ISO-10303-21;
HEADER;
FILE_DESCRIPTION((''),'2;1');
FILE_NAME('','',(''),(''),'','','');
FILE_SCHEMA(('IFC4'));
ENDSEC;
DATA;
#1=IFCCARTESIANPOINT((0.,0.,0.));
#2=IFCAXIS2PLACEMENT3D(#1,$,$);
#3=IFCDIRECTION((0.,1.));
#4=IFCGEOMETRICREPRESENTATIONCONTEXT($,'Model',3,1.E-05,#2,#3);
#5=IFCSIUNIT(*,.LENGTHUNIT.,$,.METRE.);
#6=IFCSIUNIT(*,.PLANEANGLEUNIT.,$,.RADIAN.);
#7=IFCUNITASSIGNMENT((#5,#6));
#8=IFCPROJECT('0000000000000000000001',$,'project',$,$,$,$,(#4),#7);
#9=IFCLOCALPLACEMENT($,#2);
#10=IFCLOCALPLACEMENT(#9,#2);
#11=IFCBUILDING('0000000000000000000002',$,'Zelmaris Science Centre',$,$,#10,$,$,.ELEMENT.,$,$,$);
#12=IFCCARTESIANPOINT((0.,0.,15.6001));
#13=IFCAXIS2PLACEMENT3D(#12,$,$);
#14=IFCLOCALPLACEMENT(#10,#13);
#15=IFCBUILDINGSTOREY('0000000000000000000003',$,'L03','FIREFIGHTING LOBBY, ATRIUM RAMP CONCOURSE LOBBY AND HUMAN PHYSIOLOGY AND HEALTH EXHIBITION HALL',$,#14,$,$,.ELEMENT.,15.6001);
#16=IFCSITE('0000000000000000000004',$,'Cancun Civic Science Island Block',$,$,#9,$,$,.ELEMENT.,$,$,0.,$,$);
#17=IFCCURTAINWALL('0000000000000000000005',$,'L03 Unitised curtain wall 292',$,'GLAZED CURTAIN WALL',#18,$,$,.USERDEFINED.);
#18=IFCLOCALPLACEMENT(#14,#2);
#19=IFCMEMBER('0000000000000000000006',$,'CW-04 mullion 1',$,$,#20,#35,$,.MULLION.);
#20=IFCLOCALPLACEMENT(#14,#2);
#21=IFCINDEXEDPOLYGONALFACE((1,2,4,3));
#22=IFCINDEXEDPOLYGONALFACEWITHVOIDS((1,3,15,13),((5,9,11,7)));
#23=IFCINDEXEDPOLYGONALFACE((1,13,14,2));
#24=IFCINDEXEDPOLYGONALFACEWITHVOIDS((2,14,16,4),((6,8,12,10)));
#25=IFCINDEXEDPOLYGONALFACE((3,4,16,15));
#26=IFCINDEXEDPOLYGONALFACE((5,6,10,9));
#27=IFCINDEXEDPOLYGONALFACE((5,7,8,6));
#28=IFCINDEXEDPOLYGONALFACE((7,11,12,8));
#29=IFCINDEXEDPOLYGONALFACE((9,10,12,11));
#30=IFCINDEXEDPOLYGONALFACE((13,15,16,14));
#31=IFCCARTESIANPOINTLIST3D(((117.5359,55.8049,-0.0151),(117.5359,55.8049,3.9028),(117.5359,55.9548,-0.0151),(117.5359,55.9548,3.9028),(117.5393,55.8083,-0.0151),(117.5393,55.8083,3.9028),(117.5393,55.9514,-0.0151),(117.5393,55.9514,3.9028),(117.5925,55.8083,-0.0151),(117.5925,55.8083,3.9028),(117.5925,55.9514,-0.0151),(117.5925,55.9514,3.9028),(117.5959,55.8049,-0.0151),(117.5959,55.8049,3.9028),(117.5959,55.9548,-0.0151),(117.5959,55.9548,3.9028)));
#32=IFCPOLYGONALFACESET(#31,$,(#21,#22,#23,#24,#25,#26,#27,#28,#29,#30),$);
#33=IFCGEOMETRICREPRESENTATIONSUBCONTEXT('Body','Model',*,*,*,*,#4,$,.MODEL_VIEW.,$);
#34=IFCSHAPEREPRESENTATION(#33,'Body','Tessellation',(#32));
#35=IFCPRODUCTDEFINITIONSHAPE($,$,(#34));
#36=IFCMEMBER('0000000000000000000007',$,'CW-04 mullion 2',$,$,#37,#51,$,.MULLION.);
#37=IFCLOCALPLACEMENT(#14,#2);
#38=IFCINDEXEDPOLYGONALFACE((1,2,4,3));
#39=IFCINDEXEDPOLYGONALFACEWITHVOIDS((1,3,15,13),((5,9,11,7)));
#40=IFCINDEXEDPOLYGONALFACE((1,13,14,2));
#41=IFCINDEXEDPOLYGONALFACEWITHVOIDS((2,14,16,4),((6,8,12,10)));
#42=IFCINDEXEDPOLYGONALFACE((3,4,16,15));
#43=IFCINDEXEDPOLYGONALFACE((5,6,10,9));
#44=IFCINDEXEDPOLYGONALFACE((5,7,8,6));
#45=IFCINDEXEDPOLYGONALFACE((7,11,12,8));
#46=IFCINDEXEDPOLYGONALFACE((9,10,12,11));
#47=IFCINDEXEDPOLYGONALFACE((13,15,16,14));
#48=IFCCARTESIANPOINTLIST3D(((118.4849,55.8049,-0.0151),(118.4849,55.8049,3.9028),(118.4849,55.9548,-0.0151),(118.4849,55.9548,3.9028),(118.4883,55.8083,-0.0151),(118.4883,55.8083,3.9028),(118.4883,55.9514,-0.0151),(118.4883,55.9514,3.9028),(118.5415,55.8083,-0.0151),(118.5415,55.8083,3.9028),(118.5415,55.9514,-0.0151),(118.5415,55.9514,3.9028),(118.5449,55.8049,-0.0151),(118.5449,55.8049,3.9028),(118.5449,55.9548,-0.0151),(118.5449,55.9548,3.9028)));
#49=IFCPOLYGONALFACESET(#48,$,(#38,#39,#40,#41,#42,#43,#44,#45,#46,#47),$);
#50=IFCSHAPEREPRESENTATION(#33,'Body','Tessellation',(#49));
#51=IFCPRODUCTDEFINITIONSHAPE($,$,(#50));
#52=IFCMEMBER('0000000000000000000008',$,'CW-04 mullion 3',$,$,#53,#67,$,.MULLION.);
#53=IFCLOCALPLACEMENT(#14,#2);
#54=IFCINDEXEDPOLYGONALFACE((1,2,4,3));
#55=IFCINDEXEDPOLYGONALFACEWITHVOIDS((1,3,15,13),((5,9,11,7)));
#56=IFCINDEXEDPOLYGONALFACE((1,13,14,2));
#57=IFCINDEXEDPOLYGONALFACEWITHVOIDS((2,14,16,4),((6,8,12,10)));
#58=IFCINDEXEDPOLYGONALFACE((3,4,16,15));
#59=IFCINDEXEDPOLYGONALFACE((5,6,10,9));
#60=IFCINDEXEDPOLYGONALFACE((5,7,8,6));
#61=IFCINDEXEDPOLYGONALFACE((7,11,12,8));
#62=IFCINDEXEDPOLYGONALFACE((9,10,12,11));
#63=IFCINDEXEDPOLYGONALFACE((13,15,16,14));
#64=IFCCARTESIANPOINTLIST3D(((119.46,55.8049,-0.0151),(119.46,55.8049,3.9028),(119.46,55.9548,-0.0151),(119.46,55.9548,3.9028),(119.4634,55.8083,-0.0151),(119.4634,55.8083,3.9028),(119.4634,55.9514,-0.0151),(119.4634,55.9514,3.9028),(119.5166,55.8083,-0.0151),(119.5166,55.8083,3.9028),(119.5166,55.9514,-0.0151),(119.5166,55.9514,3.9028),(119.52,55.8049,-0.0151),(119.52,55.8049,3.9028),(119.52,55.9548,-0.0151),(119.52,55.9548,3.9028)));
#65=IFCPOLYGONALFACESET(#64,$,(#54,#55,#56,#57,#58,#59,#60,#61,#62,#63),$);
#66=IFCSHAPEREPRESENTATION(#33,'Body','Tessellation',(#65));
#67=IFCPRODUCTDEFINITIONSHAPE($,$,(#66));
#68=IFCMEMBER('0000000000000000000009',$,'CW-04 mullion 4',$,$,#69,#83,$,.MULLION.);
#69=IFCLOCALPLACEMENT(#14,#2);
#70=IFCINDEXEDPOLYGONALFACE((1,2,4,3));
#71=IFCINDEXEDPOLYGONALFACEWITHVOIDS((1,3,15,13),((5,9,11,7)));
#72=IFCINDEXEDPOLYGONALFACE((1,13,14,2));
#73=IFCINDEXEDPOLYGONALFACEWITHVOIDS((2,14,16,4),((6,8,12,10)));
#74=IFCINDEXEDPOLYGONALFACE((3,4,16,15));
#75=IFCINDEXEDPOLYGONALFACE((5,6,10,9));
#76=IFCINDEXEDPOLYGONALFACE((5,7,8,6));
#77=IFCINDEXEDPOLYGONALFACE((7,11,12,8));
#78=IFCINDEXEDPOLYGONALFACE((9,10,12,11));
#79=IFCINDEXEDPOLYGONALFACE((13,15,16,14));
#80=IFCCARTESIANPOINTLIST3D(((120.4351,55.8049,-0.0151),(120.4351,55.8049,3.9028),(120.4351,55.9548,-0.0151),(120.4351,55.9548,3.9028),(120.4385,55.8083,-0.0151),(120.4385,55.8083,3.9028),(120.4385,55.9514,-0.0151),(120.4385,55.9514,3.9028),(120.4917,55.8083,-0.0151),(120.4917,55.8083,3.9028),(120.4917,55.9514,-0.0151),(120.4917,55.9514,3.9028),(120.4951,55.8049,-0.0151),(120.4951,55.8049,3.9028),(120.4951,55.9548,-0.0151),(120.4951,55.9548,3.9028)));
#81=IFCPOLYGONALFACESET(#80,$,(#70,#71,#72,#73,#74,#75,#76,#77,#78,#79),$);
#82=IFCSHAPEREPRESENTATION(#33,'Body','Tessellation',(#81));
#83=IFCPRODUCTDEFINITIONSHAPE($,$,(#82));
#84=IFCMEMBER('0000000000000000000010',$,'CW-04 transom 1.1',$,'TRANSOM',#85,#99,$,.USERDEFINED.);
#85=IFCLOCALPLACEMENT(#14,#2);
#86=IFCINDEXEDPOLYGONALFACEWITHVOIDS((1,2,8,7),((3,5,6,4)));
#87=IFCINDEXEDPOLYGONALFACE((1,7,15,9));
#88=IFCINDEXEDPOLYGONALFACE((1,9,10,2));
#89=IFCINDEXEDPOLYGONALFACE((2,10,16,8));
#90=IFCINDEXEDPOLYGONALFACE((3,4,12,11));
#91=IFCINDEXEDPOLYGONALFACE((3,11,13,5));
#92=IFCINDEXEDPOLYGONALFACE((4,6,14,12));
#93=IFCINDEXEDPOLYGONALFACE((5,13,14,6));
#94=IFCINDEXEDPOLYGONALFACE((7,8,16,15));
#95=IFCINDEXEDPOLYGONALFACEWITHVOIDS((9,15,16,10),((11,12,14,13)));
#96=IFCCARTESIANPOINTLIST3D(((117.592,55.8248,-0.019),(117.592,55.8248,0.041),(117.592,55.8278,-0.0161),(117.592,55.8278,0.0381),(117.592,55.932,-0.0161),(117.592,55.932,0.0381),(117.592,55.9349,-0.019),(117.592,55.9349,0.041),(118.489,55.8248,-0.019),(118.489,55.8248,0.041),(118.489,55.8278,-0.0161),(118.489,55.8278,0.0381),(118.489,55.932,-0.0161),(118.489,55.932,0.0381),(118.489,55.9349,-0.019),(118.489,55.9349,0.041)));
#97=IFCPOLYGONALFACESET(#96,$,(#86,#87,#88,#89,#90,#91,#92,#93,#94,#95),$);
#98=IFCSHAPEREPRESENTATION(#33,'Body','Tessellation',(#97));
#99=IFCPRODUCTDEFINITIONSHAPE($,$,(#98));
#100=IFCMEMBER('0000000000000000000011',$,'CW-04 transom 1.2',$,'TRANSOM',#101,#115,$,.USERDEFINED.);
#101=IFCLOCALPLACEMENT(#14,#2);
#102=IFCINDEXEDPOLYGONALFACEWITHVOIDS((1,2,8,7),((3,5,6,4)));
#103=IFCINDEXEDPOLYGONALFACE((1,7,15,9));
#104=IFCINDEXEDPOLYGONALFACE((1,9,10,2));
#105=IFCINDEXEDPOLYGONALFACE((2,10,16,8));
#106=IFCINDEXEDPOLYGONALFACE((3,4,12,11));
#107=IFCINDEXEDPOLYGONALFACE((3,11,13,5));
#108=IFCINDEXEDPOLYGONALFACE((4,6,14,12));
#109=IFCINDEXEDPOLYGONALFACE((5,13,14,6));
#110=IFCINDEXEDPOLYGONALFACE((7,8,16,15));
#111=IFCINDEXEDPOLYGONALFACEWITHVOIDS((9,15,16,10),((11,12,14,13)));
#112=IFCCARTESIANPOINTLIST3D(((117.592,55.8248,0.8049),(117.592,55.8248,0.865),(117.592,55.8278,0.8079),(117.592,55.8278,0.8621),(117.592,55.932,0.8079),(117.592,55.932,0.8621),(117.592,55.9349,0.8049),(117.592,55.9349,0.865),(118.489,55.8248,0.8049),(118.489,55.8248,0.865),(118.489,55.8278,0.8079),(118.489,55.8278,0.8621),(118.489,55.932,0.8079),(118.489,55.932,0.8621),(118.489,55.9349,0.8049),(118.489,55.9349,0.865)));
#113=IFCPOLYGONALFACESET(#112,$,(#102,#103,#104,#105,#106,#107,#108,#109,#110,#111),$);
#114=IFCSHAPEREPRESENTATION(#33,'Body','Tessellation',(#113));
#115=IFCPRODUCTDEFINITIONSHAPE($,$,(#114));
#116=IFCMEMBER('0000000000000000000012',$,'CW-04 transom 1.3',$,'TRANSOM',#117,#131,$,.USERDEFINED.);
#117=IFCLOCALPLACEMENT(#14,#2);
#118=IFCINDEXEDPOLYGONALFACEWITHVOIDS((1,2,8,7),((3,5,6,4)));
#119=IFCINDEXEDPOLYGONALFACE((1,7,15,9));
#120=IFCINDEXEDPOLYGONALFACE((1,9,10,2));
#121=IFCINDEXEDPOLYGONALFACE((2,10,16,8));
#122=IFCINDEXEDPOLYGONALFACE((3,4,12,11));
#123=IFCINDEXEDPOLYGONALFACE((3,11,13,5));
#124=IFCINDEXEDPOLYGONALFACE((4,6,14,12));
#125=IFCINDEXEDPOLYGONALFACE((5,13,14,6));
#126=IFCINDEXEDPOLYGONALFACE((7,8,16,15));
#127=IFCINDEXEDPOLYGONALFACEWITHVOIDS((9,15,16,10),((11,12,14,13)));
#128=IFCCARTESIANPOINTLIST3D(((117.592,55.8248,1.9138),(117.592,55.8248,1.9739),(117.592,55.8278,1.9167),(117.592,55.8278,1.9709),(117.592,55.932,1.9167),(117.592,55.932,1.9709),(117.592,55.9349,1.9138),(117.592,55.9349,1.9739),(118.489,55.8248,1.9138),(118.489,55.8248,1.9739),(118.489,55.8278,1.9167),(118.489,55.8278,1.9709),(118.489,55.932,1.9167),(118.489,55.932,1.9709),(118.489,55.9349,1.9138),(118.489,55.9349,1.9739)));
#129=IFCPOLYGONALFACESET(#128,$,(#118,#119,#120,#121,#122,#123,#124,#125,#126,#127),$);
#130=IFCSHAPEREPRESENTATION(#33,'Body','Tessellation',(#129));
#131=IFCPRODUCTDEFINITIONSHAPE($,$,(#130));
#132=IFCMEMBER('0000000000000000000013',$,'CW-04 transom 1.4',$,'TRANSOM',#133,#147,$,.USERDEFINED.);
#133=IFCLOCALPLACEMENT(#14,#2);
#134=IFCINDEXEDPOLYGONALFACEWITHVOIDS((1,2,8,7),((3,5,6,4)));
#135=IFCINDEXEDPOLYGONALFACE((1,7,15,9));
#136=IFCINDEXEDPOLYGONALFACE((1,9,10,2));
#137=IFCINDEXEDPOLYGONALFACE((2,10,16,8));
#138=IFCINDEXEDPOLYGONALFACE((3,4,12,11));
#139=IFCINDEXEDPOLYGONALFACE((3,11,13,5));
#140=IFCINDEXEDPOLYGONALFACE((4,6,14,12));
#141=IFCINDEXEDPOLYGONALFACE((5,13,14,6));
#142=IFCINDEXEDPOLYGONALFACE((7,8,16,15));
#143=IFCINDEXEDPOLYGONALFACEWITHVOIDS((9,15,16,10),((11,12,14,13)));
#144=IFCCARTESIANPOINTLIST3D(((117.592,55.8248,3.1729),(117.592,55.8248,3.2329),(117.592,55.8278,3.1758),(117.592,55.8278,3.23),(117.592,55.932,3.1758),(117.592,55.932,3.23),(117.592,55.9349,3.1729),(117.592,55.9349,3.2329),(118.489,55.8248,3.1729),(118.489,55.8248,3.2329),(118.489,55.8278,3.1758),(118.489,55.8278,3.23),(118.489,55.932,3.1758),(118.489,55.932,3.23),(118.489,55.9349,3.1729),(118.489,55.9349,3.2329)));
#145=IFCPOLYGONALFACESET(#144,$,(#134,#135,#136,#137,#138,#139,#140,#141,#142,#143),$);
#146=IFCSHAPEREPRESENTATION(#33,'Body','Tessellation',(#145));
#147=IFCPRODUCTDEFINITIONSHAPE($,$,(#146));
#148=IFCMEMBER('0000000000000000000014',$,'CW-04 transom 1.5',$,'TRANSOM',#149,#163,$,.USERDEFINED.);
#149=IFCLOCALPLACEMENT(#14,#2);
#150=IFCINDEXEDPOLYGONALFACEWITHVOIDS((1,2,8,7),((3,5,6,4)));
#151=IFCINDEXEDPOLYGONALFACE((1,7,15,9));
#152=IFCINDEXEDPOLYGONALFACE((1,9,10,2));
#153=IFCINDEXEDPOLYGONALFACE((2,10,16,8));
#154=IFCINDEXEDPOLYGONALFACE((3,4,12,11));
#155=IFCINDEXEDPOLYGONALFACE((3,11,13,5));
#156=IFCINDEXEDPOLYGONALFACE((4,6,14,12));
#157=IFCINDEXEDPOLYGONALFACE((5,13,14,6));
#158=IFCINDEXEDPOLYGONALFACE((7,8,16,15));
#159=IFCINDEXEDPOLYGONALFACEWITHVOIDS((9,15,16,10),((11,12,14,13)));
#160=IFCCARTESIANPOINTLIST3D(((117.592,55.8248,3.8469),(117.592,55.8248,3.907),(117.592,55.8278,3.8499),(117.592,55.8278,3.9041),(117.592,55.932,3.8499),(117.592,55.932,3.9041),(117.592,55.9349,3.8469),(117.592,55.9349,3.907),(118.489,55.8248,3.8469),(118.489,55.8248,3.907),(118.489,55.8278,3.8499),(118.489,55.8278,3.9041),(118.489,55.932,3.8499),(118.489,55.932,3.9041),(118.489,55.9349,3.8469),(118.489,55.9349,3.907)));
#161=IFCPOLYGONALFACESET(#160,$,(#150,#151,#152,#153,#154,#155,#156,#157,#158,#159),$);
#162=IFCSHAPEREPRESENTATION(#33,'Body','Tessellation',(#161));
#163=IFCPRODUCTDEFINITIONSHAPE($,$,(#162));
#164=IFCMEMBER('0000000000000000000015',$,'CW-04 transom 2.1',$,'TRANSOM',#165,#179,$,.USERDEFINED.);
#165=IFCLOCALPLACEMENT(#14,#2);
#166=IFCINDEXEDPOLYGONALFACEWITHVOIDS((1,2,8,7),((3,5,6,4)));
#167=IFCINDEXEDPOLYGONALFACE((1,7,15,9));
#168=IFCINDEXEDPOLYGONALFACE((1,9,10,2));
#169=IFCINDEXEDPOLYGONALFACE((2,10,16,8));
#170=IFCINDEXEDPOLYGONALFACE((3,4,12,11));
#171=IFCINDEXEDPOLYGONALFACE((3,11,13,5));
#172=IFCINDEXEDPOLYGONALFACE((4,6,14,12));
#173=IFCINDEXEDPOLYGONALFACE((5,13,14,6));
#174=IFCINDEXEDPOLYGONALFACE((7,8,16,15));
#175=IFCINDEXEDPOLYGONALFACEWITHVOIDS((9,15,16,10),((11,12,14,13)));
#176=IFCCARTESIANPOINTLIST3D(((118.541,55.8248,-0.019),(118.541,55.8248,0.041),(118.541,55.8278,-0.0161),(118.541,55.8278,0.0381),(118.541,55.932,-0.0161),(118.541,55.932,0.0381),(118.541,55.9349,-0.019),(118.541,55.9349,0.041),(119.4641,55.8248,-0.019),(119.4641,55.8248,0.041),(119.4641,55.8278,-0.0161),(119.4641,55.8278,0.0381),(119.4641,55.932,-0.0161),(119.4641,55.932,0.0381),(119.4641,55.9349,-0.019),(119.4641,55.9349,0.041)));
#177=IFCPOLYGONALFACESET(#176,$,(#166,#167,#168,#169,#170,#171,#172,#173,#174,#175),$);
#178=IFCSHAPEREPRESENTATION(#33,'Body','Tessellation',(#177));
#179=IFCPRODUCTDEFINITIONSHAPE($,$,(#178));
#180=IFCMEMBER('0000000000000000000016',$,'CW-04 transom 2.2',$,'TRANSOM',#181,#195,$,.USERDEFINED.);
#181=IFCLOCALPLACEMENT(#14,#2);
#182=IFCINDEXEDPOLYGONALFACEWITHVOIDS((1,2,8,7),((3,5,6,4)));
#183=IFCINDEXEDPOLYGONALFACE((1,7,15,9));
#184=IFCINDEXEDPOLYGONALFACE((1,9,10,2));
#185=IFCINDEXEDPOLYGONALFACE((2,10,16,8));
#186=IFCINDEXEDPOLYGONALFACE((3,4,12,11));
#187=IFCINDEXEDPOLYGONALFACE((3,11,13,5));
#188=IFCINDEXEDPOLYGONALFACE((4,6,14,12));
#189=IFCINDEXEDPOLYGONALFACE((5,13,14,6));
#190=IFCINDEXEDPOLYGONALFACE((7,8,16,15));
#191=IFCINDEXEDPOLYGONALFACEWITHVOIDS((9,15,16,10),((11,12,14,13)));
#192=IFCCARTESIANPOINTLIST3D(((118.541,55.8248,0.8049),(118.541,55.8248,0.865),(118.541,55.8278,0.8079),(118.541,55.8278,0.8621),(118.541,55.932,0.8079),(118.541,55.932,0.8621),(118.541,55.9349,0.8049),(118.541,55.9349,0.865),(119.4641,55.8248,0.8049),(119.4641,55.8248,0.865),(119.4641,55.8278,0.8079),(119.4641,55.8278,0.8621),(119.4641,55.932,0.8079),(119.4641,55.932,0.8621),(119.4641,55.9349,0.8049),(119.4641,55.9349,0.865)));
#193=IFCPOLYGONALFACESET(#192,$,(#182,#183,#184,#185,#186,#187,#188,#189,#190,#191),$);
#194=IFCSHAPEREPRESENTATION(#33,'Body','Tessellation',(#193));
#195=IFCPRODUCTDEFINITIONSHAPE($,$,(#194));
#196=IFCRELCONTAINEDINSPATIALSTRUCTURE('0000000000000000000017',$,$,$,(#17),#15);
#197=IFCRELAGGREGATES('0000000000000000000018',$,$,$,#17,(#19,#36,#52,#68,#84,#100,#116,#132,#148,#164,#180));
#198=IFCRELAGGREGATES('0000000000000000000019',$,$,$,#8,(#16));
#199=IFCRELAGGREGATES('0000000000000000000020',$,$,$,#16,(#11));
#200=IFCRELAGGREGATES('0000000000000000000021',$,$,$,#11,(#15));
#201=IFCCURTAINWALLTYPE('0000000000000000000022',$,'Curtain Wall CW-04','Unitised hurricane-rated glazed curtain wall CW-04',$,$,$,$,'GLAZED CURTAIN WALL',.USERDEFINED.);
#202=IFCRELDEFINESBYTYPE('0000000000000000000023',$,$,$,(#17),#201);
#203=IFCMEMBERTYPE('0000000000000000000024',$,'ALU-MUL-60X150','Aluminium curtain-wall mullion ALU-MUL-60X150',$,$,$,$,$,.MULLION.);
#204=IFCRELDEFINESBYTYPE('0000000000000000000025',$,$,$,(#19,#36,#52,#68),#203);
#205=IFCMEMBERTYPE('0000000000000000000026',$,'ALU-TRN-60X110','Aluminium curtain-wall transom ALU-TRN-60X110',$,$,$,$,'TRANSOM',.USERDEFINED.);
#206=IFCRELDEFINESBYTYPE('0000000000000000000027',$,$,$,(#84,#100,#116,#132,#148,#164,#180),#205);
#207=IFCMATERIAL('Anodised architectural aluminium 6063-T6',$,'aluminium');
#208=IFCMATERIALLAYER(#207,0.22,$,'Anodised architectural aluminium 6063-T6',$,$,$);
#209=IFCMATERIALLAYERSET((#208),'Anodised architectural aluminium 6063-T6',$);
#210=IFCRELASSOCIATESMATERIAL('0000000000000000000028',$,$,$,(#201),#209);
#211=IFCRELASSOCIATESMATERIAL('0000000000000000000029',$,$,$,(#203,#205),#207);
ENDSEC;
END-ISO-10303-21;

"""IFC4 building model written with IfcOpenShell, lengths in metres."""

from ifc_helpers import new_model, si_unit, direction, frame, origin, origin_2d, place, context, subcontext, project, spatial, hollow_rectangle, extrude, material, layer, layer_set, material_profile, profile_set, type_object, element, aggregate, save


model = new_model("IFC4")

# Units and contexts
model_context = context("Model", 3, precision=1e-05, world=origin(), true_north=direction((0.0, 1.0)))
body_context = subcontext(model_context, "Body", "Model", "MODEL_VIEW")
ifc_project = project(units=[si_unit("LENGTHUNIT", "METRE"), si_unit("PLANEANGLEUNIT", "RADIAN")], contexts=[model_context])

# Site, building, storey
site_placement = place(None, origin())
site = spatial("IfcSite", under=ifc_project, at=site_placement, Name="Cancun Civic Science Island Block", CompositionType="ELEMENT", RefElevation=0.0)
building_placement = place(site_placement, origin())
building = spatial("IfcBuilding", under=site, at=building_placement, Name="Zelmaris Science Centre", CompositionType="ELEMENT")
storey_placement = place(building_placement, frame((0.0, 0.0, 15.6001)))
storey = spatial("IfcBuildingStorey", under=building, at=storey_placement, Name="L03", Description="FIREFIGHTING LOBBY, ATRIUM RAMP CONCOURSE LOBBY AND HUMAN PHYSIOLOGY AND HEALTH EXHIBITION HALL", CompositionType="ELEMENT", Elevation=15.6001)

# Curtain wall, members
ifc_material_1 = material(Name="Anodised architectural aluminium 6063-T6", Category="aluminium")
ifc_layer_1 = layer(ifc_material_1, 0.22, Name="Anodised architectural aluminium 6063-T6")
ifc_layer_set_1 = layer_set([ifc_layer_1], Name="Anodised architectural aluminium 6063-T6")
curtain_wall_type = type_object("IfcCurtainWallType", Name="Curtain Wall CW-04", Description="Unitised hurricane-rated glazed curtain wall CW-04", ElementType="GLAZED CURTAIN WALL", PredefinedType="USERDEFINED", material=ifc_layer_set_1)
curtain_wall_placement = place(storey_placement, origin())
curtain_wall = element("IfcCurtainWall", 1, at=curtain_wall_placement, inside=storey, type_object=curtain_wall_type, Name="L03 Unitised curtain wall 292", ObjectType="GLAZED CURTAIN WALL", PredefinedType="USERDEFINED")
ifc_material_profile_1 = material_profile(ifc_material_1, hollow_rectangle(XDim=0.0601, YDim=0.1499, WallThickness=0.0034, at=origin_2d()), Name="ALU-MUL-60X150")
ifc_profile_set_1 = profile_set([ifc_material_profile_1], Name="Anodised architectural aluminium 6063-T6")
member_type_1 = type_object("IfcMemberType", Name="ALU-MUL-60X150", Description="Aluminium curtain-wall mullion ALU-MUL-60X150", PredefinedType="MULLION", material=ifc_profile_set_1)
member_1_placement = place(storey_placement, frame((117.5659, 55.8799, -0.0151), z_axis=(0.0, 0.0, 1.0), x_axis=(1.0, -0.000003, 0.0)))
member_1 = element("IfcMember", 2, at=member_1_placement, type_object=member_type_1, Name="CW-04 mullion 1", PredefinedType="MULLION", context=body_context, shape_type="SweptSolid", body=[
    extrude(hollow_rectangle(XDim=0.0601, YDim=0.1499, WallThickness=0.0034, at=origin_2d()), origin(), (0.0, 0.0, 1.0), 3.918),
])
member_2_placement = place(storey_placement, frame((118.5149, 55.8799, -0.0151), z_axis=(0.0, 0.0, 1.0), x_axis=(1.0, -0.000003, 0.0)))
member_2 = element("IfcMember", 3, at=member_2_placement, type_object=member_type_1, Name="CW-04 mullion 2", PredefinedType="MULLION", context=body_context, shape_type="SweptSolid", body=[
    extrude(hollow_rectangle(XDim=0.0601, YDim=0.1499, WallThickness=0.0034, at=origin_2d()), origin(), (0.0, 0.0, 1.0), 3.918),
])
member_3_placement = place(storey_placement, frame((119.49, 55.8799, -0.0151), z_axis=(0.0, 0.0, 1.0), x_axis=(1.0, -0.000003, 0.0)))
member_3 = element("IfcMember", 4, at=member_3_placement, type_object=member_type_1, Name="CW-04 mullion 3", PredefinedType="MULLION", context=body_context, shape_type="SweptSolid", body=[
    extrude(hollow_rectangle(XDim=0.0601, YDim=0.1499, WallThickness=0.0034, at=origin_2d()), origin(), (0.0, 0.0, 1.0), 3.918),
])
member_4_placement = place(storey_placement, frame((120.4651, 55.8799, -0.0151), z_axis=(0.0, 0.0, 1.0), x_axis=(1.0, -0.000003, 0.0)))
member_4 = element("IfcMember", 5, at=member_4_placement, type_object=member_type_1, Name="CW-04 mullion 4", PredefinedType="MULLION", context=body_context, shape_type="SweptSolid", body=[
    extrude(hollow_rectangle(XDim=0.0601, YDim=0.1499, WallThickness=0.0034, at=origin_2d()), origin(), (0.0, 0.0, 1.0), 3.918),
])
ifc_material_profile_2 = material_profile(ifc_material_1, hollow_rectangle(XDim=0.0601, YDim=0.1101, WallThickness=0.0029, at=origin_2d()), Name="ALU-TRN-60X110")
ifc_profile_set_2 = profile_set([ifc_material_profile_2], Name="Anodised architectural aluminium 6063-T6")
member_type_2 = type_object("IfcMemberType", Name="ALU-TRN-60X110", Description="Aluminium curtain-wall transom ALU-TRN-60X110", ElementType="TRANSOM", PredefinedType="USERDEFINED", material=ifc_profile_set_2)
member_5_placement = place(storey_placement, frame((117.592, 55.8799, 0.011), z_axis=(1.0, 0.0, 0.0), x_axis=(0.0, 0.0, 1.0)))
member_5 = element("IfcMember", 6, at=member_5_placement, type_object=member_type_2, Name="CW-04 transom 1.1", ObjectType="TRANSOM", PredefinedType="USERDEFINED", context=body_context, shape_type="SweptSolid", body=[
    extrude(hollow_rectangle(XDim=0.0601, YDim=0.1101, WallThickness=0.0029, at=origin_2d()), origin(), (0.0, 0.0, 1.0), 0.897),
])
member_6_placement = place(storey_placement, frame((117.592, 55.8799, 0.835), z_axis=(1.0, 0.0, 0.0), x_axis=(0.0, 0.0, 1.0)))
member_6 = element("IfcMember", 7, at=member_6_placement, type_object=member_type_2, Name="CW-04 transom 1.2", ObjectType="TRANSOM", PredefinedType="USERDEFINED", context=body_context, shape_type="SweptSolid", body=[
    extrude(hollow_rectangle(XDim=0.0601, YDim=0.1101, WallThickness=0.0029, at=origin_2d()), origin(), (0.0, 0.0, 1.0), 0.897),
])
member_7_placement = place(storey_placement, frame((117.592, 55.8799, 1.9438), z_axis=(1.0, 0.0, 0.0), x_axis=(0.0, 0.0, 1.0)))
member_7 = element("IfcMember", 8, at=member_7_placement, type_object=member_type_2, Name="CW-04 transom 1.3", ObjectType="TRANSOM", PredefinedType="USERDEFINED", context=body_context, shape_type="SweptSolid", body=[
    extrude(hollow_rectangle(XDim=0.0601, YDim=0.1101, WallThickness=0.0029, at=origin_2d()), origin(), (0.0, 0.0, 1.0), 0.897),
])
member_8_placement = place(storey_placement, frame((117.592, 55.8799, 3.2029), z_axis=(1.0, 0.0, 0.0), x_axis=(0.0, 0.0, 1.0)))
member_8 = element("IfcMember", 9, at=member_8_placement, type_object=member_type_2, Name="CW-04 transom 1.4", ObjectType="TRANSOM", PredefinedType="USERDEFINED", context=body_context, shape_type="SweptSolid", body=[
    extrude(hollow_rectangle(XDim=0.0601, YDim=0.1101, WallThickness=0.0029, at=origin_2d()), origin(), (0.0, 0.0, 1.0), 0.897),
])
member_9_placement = place(storey_placement, frame((117.592, 55.8799, 3.877), z_axis=(1.0, 0.0, 0.0), x_axis=(0.0, 0.0, 1.0)))
member_9 = element("IfcMember", 10, at=member_9_placement, type_object=member_type_2, Name="CW-04 transom 1.5", ObjectType="TRANSOM", PredefinedType="USERDEFINED", context=body_context, shape_type="SweptSolid", body=[
    extrude(hollow_rectangle(XDim=0.0601, YDim=0.1101, WallThickness=0.0029, at=origin_2d()), origin(), (0.0, 0.0, 1.0), 0.897),
])
member_10_placement = place(storey_placement, frame((118.541, 55.8799, 0.011), z_axis=(1.0, 0.0, 0.0), x_axis=(0.0, 0.0, 1.0)))
member_10 = element("IfcMember", 11, at=member_10_placement, type_object=member_type_2, Name="CW-04 transom 2.1", ObjectType="TRANSOM", PredefinedType="USERDEFINED", context=body_context, shape_type="SweptSolid", body=[
    extrude(hollow_rectangle(XDim=0.0601, YDim=0.1101, WallThickness=0.0029, at=origin_2d()), origin(), (0.0, 0.0, 1.0), 0.9231),
])
member_11_placement = place(storey_placement, frame((118.541, 55.8799, 0.835), z_axis=(1.0, 0.0, 0.0), x_axis=(0.0, 0.0, 1.0)))
member_11 = element("IfcMember", 12, at=member_11_placement, type_object=member_type_2, Name="CW-04 transom 2.2", ObjectType="TRANSOM", PredefinedType="USERDEFINED", context=body_context, shape_type="SweptSolid", body=[
    extrude(hollow_rectangle(XDim=0.0601, YDim=0.1101, WallThickness=0.0029, at=origin_2d()), origin(), (0.0, 0.0, 1.0), 0.9231),
])
aggregate(curtain_wall, [member_1, member_2, member_3, member_4, member_5, member_6, member_7, member_8, member_9, member_10, member_11])

save(model, "model.ifc")
